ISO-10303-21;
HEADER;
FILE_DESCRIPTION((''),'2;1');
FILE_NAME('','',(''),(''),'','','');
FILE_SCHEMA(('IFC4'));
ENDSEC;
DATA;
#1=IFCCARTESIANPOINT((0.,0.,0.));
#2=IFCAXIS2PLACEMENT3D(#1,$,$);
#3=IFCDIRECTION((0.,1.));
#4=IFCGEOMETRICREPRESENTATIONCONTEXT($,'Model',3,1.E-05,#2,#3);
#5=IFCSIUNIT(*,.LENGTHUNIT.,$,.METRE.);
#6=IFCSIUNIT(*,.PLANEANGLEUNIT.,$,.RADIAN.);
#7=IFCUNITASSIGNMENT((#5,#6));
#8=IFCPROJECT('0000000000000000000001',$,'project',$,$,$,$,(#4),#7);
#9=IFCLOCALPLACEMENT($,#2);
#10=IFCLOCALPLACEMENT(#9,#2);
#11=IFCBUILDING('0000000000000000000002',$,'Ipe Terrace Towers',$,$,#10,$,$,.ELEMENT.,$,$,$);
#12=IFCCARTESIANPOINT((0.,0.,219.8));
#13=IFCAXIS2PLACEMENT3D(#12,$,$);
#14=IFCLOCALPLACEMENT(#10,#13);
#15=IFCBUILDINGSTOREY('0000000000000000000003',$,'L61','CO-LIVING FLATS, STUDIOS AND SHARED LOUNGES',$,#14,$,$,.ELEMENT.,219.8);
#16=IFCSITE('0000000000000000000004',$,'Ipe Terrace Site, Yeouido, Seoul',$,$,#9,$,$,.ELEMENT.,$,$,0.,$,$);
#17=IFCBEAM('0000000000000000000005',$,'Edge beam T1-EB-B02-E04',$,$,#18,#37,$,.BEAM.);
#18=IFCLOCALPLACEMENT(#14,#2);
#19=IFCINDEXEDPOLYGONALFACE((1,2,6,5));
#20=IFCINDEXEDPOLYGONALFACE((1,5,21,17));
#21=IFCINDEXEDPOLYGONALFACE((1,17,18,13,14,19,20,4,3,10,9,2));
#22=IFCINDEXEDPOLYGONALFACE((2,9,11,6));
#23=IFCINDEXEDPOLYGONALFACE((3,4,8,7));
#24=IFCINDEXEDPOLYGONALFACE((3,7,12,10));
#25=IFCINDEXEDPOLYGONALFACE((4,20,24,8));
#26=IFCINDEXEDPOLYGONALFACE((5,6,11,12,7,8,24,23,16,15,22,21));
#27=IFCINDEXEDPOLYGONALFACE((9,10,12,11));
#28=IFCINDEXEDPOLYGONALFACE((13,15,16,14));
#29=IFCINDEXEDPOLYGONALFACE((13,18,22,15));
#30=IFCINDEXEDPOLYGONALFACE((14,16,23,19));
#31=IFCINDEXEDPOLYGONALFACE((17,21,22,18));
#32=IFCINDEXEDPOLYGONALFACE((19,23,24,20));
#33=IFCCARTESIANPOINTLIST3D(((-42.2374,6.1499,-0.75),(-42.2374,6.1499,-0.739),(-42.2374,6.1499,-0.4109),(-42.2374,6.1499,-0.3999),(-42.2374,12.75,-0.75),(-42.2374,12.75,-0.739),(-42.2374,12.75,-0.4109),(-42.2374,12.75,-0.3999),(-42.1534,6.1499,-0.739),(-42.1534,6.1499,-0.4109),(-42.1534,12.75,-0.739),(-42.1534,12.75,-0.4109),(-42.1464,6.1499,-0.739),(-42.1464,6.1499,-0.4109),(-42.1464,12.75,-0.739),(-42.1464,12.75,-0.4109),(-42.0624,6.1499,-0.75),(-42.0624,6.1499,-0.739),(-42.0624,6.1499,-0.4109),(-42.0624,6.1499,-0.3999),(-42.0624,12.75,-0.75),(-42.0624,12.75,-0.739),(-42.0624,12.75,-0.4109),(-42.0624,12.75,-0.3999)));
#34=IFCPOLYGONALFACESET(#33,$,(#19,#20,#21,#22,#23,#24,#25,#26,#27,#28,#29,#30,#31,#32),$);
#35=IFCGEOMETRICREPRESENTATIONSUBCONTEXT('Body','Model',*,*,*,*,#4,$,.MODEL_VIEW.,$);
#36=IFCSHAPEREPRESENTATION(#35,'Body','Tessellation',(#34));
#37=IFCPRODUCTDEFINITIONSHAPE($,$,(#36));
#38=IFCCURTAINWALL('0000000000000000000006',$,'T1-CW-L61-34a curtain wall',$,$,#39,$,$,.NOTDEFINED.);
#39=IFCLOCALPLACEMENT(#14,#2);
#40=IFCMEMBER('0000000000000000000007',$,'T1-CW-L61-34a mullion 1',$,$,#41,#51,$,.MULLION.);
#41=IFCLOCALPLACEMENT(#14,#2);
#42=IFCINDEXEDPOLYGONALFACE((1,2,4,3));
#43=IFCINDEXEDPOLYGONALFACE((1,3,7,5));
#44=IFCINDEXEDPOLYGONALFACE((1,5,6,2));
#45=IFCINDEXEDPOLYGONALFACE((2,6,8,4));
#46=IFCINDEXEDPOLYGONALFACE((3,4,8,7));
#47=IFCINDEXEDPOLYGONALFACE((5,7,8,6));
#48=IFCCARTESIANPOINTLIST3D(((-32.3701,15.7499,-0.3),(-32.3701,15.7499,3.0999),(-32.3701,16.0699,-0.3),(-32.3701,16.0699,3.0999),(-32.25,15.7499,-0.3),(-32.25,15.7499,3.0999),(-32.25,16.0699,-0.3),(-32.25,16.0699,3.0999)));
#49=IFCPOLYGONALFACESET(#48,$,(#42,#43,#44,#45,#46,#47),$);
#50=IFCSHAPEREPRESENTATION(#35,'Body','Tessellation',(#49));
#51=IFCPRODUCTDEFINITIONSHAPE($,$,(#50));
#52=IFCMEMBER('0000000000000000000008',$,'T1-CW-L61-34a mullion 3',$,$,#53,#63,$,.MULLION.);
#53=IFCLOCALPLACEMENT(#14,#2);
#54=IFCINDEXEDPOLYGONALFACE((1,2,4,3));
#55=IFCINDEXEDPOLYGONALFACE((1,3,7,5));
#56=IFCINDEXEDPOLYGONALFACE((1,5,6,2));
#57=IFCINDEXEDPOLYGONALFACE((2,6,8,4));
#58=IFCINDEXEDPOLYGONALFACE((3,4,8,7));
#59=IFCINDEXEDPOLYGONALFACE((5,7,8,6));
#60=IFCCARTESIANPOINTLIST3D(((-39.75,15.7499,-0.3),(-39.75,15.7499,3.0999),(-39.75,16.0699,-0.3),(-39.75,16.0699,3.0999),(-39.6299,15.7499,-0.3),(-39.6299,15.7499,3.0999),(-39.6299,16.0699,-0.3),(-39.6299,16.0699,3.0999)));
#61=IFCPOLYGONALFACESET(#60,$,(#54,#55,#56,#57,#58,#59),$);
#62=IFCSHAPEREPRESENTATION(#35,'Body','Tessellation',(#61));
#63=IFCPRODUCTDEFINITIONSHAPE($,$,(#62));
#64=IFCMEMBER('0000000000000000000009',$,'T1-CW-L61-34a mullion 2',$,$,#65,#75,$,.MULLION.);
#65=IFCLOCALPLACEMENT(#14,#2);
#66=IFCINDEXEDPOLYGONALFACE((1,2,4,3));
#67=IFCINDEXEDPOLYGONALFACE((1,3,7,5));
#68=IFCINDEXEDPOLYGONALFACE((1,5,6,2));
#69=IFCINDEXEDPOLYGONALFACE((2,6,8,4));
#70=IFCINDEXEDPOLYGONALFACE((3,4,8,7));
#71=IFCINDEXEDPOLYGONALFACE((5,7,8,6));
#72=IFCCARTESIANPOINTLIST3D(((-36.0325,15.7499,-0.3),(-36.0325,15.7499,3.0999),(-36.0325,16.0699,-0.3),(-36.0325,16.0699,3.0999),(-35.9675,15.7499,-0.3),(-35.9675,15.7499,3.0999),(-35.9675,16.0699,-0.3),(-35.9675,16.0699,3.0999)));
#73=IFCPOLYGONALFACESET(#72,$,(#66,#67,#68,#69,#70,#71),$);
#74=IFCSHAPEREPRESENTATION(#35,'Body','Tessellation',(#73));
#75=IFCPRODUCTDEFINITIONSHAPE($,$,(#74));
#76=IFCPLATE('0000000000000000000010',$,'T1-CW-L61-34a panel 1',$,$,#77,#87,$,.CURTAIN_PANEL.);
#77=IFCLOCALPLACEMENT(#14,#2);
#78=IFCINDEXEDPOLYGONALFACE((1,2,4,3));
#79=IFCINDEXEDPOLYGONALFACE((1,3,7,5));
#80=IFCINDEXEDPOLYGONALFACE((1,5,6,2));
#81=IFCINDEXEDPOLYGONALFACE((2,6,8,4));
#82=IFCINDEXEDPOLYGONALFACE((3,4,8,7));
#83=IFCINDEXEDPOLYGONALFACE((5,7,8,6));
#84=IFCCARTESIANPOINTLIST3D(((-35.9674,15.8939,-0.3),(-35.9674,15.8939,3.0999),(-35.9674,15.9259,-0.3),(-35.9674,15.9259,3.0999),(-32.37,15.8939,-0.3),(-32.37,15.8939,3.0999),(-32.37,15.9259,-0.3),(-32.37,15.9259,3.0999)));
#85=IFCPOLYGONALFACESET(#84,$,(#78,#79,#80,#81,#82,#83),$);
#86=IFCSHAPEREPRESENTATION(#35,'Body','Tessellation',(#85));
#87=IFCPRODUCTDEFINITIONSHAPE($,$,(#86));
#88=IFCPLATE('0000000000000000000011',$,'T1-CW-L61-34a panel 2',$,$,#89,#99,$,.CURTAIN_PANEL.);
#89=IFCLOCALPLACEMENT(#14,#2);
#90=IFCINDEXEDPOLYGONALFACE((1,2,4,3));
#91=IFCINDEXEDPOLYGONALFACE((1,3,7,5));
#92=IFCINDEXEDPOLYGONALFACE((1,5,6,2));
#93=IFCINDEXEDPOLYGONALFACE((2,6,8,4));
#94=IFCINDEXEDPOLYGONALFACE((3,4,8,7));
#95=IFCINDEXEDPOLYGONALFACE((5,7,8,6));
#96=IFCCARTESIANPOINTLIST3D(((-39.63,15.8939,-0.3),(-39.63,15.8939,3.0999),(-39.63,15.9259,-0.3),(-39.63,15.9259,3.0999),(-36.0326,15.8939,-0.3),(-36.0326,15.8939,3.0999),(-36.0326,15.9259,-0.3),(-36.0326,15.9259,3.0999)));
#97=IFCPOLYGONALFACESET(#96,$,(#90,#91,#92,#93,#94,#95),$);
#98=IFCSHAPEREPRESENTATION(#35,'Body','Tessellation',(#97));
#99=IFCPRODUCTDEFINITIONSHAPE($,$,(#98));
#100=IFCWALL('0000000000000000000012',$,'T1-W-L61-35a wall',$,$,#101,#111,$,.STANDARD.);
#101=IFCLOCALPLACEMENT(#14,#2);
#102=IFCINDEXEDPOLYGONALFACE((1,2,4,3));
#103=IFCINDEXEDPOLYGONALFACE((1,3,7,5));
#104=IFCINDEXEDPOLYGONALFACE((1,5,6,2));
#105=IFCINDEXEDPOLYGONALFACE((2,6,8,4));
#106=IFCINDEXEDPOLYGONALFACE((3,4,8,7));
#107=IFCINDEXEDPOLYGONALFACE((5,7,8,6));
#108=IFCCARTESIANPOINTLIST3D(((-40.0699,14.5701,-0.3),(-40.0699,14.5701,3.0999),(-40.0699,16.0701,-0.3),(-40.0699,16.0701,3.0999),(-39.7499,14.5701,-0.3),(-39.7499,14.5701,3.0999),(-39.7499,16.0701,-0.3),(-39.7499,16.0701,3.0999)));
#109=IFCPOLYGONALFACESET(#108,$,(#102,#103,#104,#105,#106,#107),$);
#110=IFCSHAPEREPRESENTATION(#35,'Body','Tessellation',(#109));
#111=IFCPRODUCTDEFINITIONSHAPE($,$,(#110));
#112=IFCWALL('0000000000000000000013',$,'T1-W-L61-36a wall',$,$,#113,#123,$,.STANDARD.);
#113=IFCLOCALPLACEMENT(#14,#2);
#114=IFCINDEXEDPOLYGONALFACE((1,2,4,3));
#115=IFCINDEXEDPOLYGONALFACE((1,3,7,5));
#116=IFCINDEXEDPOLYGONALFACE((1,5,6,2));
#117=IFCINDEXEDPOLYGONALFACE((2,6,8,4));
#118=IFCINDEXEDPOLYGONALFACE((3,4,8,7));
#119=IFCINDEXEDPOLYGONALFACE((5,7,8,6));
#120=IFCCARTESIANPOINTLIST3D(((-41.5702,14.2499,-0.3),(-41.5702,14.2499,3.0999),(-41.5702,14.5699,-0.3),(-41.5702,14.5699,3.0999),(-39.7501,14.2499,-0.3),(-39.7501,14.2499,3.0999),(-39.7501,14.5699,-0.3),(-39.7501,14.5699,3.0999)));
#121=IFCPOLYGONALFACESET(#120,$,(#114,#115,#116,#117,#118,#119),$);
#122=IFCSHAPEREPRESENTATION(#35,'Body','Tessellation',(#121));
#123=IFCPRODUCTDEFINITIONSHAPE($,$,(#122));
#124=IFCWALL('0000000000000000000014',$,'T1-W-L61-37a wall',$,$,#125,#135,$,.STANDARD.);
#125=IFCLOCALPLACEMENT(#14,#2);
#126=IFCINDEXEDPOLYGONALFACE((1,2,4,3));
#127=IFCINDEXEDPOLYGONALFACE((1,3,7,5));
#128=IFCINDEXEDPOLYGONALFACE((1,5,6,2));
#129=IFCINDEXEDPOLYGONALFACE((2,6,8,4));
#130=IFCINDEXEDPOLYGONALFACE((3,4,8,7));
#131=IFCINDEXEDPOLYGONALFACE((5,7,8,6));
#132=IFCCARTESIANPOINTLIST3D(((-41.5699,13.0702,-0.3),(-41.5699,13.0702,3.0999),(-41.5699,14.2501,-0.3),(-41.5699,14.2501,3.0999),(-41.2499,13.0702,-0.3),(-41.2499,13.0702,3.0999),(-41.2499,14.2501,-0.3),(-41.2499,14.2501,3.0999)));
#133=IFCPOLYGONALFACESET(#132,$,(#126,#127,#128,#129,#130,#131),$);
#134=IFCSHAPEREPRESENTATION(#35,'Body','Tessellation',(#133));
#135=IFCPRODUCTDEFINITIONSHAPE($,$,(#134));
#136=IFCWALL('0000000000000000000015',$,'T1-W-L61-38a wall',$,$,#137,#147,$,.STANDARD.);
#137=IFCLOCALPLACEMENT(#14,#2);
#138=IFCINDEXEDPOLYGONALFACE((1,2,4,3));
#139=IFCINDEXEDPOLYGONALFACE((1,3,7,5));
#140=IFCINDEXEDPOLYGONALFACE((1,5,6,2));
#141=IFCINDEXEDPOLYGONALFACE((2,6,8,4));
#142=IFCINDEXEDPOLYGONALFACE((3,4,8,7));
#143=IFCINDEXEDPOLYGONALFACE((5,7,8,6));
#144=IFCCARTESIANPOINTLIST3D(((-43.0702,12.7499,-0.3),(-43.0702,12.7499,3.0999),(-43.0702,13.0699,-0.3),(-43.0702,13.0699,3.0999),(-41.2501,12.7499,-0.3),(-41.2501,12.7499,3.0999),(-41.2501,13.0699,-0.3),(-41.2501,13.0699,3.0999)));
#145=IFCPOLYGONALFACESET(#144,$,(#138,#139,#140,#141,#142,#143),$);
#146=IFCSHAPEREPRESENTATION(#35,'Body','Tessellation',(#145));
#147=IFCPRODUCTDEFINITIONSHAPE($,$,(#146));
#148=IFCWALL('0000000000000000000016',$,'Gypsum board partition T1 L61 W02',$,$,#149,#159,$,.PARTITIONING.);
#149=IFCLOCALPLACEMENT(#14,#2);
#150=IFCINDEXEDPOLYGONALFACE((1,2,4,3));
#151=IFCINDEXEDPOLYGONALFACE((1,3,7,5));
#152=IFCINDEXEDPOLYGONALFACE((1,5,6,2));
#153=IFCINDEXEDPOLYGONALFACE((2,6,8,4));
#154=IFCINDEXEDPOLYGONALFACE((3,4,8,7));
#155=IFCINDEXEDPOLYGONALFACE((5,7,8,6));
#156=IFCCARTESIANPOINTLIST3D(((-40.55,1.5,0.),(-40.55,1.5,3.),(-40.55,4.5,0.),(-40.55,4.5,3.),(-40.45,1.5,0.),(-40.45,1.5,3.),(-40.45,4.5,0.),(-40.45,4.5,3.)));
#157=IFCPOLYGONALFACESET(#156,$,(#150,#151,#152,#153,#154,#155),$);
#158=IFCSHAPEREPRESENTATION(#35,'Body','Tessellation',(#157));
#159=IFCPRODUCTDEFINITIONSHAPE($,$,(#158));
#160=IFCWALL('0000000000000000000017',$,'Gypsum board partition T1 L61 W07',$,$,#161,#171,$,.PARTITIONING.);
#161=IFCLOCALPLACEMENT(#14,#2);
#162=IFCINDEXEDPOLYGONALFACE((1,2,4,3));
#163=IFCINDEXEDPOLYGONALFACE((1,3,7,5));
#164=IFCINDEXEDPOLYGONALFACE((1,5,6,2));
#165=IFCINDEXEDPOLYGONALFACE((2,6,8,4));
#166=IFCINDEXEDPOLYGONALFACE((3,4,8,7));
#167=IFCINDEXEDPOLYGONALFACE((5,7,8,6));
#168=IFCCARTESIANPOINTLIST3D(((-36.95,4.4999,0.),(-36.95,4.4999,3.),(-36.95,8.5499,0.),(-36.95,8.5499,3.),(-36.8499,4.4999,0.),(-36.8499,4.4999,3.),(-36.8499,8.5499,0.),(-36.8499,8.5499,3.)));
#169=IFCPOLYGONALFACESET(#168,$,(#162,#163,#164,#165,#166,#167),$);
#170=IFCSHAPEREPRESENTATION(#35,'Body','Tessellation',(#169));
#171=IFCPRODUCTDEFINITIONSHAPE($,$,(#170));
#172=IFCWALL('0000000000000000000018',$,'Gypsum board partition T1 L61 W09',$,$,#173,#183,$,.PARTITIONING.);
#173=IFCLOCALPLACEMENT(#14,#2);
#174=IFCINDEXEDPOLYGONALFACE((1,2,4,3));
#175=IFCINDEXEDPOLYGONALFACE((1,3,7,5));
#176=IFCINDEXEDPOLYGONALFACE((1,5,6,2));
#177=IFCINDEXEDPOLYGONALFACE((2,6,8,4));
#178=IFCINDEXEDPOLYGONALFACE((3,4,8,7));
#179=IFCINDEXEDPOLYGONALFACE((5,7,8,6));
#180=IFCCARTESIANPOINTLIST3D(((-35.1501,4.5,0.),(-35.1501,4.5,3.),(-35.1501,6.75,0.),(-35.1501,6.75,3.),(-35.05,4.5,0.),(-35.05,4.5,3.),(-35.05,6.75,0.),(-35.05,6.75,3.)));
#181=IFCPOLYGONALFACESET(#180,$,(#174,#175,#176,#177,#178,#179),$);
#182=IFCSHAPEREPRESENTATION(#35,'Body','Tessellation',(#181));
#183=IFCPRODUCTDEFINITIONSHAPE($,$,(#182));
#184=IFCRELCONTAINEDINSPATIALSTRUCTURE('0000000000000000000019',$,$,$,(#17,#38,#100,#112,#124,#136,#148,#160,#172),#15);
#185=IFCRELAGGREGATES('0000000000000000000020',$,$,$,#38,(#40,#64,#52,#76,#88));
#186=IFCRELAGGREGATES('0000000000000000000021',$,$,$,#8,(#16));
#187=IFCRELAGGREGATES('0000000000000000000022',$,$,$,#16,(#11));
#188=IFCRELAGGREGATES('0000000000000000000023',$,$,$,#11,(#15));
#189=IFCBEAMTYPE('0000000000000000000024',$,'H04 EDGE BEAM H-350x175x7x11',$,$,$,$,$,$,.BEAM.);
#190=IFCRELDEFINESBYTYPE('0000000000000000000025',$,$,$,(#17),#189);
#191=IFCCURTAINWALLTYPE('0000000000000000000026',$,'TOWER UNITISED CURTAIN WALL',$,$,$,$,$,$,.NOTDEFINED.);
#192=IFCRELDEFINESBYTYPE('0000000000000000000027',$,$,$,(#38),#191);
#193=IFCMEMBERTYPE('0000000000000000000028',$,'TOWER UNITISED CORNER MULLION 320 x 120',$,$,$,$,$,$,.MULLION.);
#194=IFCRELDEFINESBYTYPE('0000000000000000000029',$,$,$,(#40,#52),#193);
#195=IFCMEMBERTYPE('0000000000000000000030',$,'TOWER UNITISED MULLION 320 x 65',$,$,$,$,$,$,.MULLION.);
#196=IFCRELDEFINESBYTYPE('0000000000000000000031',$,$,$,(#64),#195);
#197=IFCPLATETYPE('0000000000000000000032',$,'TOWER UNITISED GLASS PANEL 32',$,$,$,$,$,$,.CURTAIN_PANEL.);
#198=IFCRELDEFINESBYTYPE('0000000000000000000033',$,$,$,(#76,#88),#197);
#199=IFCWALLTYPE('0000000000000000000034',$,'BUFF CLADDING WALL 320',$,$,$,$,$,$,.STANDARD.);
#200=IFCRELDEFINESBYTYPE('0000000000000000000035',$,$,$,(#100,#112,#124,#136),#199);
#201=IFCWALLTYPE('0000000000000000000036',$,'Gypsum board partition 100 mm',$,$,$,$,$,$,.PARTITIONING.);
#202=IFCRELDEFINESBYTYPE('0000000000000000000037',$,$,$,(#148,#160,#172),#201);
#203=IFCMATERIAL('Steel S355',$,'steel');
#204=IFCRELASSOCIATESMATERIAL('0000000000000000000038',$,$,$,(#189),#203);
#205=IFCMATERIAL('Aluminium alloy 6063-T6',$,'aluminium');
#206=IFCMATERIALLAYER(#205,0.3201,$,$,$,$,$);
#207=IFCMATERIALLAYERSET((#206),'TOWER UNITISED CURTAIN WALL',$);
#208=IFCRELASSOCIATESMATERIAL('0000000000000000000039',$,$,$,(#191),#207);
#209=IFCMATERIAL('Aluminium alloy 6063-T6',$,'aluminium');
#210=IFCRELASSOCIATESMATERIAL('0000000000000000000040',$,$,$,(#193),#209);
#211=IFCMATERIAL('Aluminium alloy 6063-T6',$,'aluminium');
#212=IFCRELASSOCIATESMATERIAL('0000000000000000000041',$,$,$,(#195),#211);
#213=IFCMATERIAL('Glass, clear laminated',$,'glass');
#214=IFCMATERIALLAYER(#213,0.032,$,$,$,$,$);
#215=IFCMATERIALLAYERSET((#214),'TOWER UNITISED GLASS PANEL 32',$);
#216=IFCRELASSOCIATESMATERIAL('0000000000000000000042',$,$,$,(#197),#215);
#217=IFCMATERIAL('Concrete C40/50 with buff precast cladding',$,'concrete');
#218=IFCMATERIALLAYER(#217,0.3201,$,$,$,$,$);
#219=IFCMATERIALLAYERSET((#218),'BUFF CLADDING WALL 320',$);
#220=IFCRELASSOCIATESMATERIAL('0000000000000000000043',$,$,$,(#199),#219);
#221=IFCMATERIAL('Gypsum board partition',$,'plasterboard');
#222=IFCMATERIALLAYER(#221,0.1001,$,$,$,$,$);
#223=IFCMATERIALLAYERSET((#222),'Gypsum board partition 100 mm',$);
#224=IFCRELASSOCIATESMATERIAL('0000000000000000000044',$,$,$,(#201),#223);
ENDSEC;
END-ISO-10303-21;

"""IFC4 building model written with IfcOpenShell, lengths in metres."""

from ifc_helpers import new_model, si_unit, direction, frame, frame_2d, origin, origin_2d, place, context, subcontext, project, spatial, rectangle, i_section, extrude, material, layer, layer_set, material_profile, profile_set, type_object, element, aggregate, save


model = new_model("IFC4")

# Units and contexts
model_context = context("Model", 3, precision=1e-05, world=origin(), true_north=direction((0.0, 1.0)))
body_context = subcontext(model_context, "Body", "Model", "MODEL_VIEW")
ifc_project = project(units=[si_unit("LENGTHUNIT", "METRE"), si_unit("PLANEANGLEUNIT", "RADIAN")], contexts=[model_context])

# Site, building, storey
site_placement = place(None, origin())
site = spatial("IfcSite", under=ifc_project, at=site_placement, Name="Ipe Terrace Site, Yeouido, Seoul", CompositionType="ELEMENT", RefElevation=0.0)
building_placement = place(site_placement, origin())
building = spatial("IfcBuilding", under=site, at=building_placement, Name="Ipe Terrace Towers", CompositionType="ELEMENT")
storey_placement = place(building_placement, frame((0.0, 0.0, 219.8)))
storey = spatial("IfcBuildingStorey", under=building, at=storey_placement, Name="L61", Description="CO-LIVING FLATS, STUDIOS AND SHARED LOUNGES", CompositionType="ELEMENT", Elevation=219.8)

# Beam
ifc_material_1 = material(Name="Steel S355", Category="steel")
ifc_material_profile_1 = material_profile(ifc_material_1, i_section(OverallWidth=0.175, OverallDepth=0.3501, WebThickness=0.0071, FlangeThickness=0.011, at=origin_2d()), Name="H-350x175x7x11")
ifc_profile_set_1 = profile_set([ifc_material_profile_1], Name="Steel S355")
beam_type = type_object("IfcBeamType", Name="H04 EDGE BEAM H-350x175x7x11", PredefinedType="BEAM", material=ifc_profile_set_1)
beam_placement = place(storey_placement, frame((-42.1499, 12.75, -0.575), z_axis=(0.0, -1.0, 0.0), x_axis=(1.0, 0.0, 0.0)))
element("IfcBeam", 1, at=beam_placement, inside=storey, type_object=beam_type, Name="Edge beam T1-EB-B02-E04", PredefinedType="BEAM", context=body_context, shape_type="SweptSolid", body=[
    extrude(i_section(OverallWidth=0.175, OverallDepth=0.3501, WebThickness=0.0071, FlangeThickness=0.011, at=origin_2d()), origin(), (0.0, 0.0, 1.0), 6.6001),
])

# Curtain wall, members, plates
ifc_material_2 = material(Name="Aluminium alloy 6063-T6", Category="aluminium")
ifc_layer_1 = layer(ifc_material_2, 0.3201)
ifc_layer_set_1 = layer_set([ifc_layer_1], Name="TOWER UNITISED CURTAIN WALL")
curtain_wall_type = type_object("IfcCurtainWallType", Name="TOWER UNITISED CURTAIN WALL", PredefinedType="NOTDEFINED", material=ifc_layer_set_1)
curtain_wall_placement = place(storey_placement, origin())
curtain_wall = element("IfcCurtainWall", 2, at=curtain_wall_placement, inside=storey, type_object=curtain_wall_type, Name="T1-CW-L61-34a curtain wall", PredefinedType="NOTDEFINED")
ifc_material_3 = material(Name="Aluminium alloy 6063-T6", Category="aluminium")
ifc_material_profile_2 = material_profile(ifc_material_3, rectangle(XDim=0.3201, YDim=0.1201, at=origin_2d()), Name="TOWER UNITISED CORNER MULLION 320 x 120")
ifc_profile_set_2 = profile_set([ifc_material_profile_2], Name="Aluminium alloy 6063-T6")
member_type_1 = type_object("IfcMemberType", Name="TOWER UNITISED CORNER MULLION 320 x 120", PredefinedType="MULLION", material=ifc_profile_set_2)
member_1_placement = place(storey_placement, frame((-32.3101, 15.9099, -0.3), z_axis=(0.0, 0.0, 1.0), x_axis=(0.0, 1.0, 0.0)))
member_1 = element("IfcMember", 3, at=member_1_placement, type_object=member_type_1, Name="T1-CW-L61-34a mullion 1", PredefinedType="MULLION", context=body_context, shape_type="SweptSolid", body=[
    extrude(rectangle(XDim=0.3201, YDim=0.1201, at=origin_2d()), origin(), (0.0, 0.0, 1.0), 3.3999),
])
member_2_placement = place(storey_placement, frame((-39.6899, 15.9099, -0.3), z_axis=(0.0, 0.0, 1.0), x_axis=(0.0, 1.0, 0.0)))
member_2 = element("IfcMember", 4, at=member_2_placement, type_object=member_type_1, Name="T1-CW-L61-34a mullion 3", PredefinedType="MULLION", context=body_context, shape_type="SweptSolid", body=[
    extrude(rectangle(XDim=0.3201, YDim=0.1201, at=origin_2d()), origin(), (0.0, 0.0, 1.0), 3.3999),
])
ifc_material_4 = material(Name="Aluminium alloy 6063-T6", Category="aluminium")
ifc_material_profile_3 = material_profile(ifc_material_4, rectangle(XDim=0.3201, YDim=0.0649, at=origin_2d()), Name="TOWER UNITISED MULLION 320 x 65")
ifc_profile_set_3 = profile_set([ifc_material_profile_3], Name="Aluminium alloy 6063-T6")
member_type_2 = type_object("IfcMemberType", Name="TOWER UNITISED MULLION 320 x 65", PredefinedType="MULLION", material=ifc_profile_set_3)
member_3_placement = place(storey_placement, frame((-36.0, 15.9099, -0.3), z_axis=(0.0, 0.0, 1.0), x_axis=(0.0, 1.0, 0.0)))
member_3 = element("IfcMember", 5, at=member_3_placement, type_object=member_type_2, Name="T1-CW-L61-34a mullion 2", PredefinedType="MULLION", context=body_context, shape_type="SweptSolid", body=[
    extrude(rectangle(XDim=0.3201, YDim=0.0649, at=origin_2d()), origin(), (0.0, 0.0, 1.0), 3.3999),
])
ifc_material_5 = material(Name="Glass, clear laminated", Category="glass")
ifc_layer_2 = layer(ifc_material_5, 0.032)
ifc_layer_set_2 = layer_set([ifc_layer_2], Name="TOWER UNITISED GLASS PANEL 32")
plate_type = type_object("IfcPlateType", Name="TOWER UNITISED GLASS PANEL 32", PredefinedType="CURTAIN_PANEL", material=ifc_layer_set_2)
plate_1_placement = place(storey_placement, frame((-34.1687, 15.9099, -0.3), z_axis=(0.0, 0.0, 1.0), x_axis=(-1.0, 0.0, 0.0)))
plate_1 = element("IfcPlate", 6, at=plate_1_placement, type_object=plate_type, Name="T1-CW-L61-34a panel 1", PredefinedType="CURTAIN_PANEL", context=body_context, shape_type="SweptSolid", body=[
    extrude(rectangle(XDim=3.5974, YDim=0.032, at=origin_2d()), origin(), (0.0, 0.0, 1.0), 3.3999),
])
plate_2_placement = place(storey_placement, frame((-37.8313, 15.9099, -0.3), z_axis=(0.0, 0.0, 1.0), x_axis=(-1.0, 0.0, 0.0)))
plate_2 = element("IfcPlate", 7, at=plate_2_placement, type_object=plate_type, Name="T1-CW-L61-34a panel 2", PredefinedType="CURTAIN_PANEL", context=body_context, shape_type="SweptSolid", body=[
    extrude(rectangle(XDim=3.5974, YDim=0.032, at=origin_2d()), origin(), (0.0, 0.0, 1.0), 3.3999),
])
aggregate(curtain_wall, [member_1, member_3, member_2, plate_1, plate_2])

# Walls
ifc_material_6 = material(Name="Concrete C40/50 with buff precast cladding", Category="concrete")
ifc_layer_3 = layer(ifc_material_6, 0.3201)
ifc_layer_set_3 = layer_set([ifc_layer_3], Name="BUFF CLADDING WALL 320")
wall_type_1 = type_object("IfcWallType", Name="BUFF CLADDING WALL 320", PredefinedType="STANDARD", material=ifc_layer_set_3)
wall_1_placement = place(storey_placement, frame((-39.9099, 16.0701, -0.3), z_axis=(0.0, 0.0, 1.0), x_axis=(0.0, -1.0, 0.0)))
element("IfcWall", 8, at=wall_1_placement, inside=storey, type_object=wall_type_1, Name="T1-W-L61-35a wall", PredefinedType="STANDARD", context=body_context, shape_type="SweptSolid", body=[
    extrude(rectangle(XDim=1.5, YDim=0.3201, at=frame_2d((0.75, 0.0))), origin(), (0.0, 0.0, 1.0), 3.3999),
])
wall_2_placement = place(storey_placement, frame((-39.75, 14.4099, -0.3), z_axis=(0.0, 0.0, 1.0), x_axis=(-1.0, 0.0, 0.0)))
element("IfcWall", 9, at=wall_2_placement, inside=storey, type_object=wall_type_1, Name="T1-W-L61-36a wall", PredefinedType="STANDARD", context=body_context, shape_type="SweptSolid", body=[
    extrude(rectangle(XDim=1.8201, YDim=0.3201, at=frame_2d((0.9102, 0.0))), origin(), (0.0, 0.0, 1.0), 3.3999),
])
wall_3_placement = place(storey_placement, frame((-41.4099, 14.25, -0.3), z_axis=(0.0, 0.0, 1.0), x_axis=(0.0, -1.0, 0.0)))
element("IfcWall", 10, at=wall_3_placement, inside=storey, type_object=wall_type_1, Name="T1-W-L61-37a wall", PredefinedType="STANDARD", context=body_context, shape_type="SweptSolid", body=[
    extrude(rectangle(XDim=1.1799, YDim=0.3201, at=frame_2d((0.5898, 0.0))), origin(), (0.0, 0.0, 1.0), 3.3999),
])
wall_4_placement = place(storey_placement, frame((-41.25, 12.9099, -0.3), z_axis=(0.0, 0.0, 1.0), x_axis=(-1.0, 0.0, 0.0)))
element("IfcWall", 11, at=wall_4_placement, inside=storey, type_object=wall_type_1, Name="T1-W-L61-38a wall", PredefinedType="STANDARD", context=body_context, shape_type="SweptSolid", body=[
    extrude(rectangle(XDim=1.8201, YDim=0.3201, at=frame_2d((0.9102, 0.0))), origin(), (0.0, 0.0, 1.0), 3.3999),
])
ifc_material_7 = material(Name="Gypsum board partition", Category="plasterboard")
ifc_layer_4 = layer(ifc_material_7, 0.1001)
ifc_layer_set_4 = layer_set([ifc_layer_4], Name="Gypsum board partition 100 mm")
wall_type_2 = type_object("IfcWallType", Name="Gypsum board partition 100 mm", PredefinedType="PARTITIONING", material=ifc_layer_set_4)
wall_5_placement = place(storey_placement, frame((-40.5, 1.5, 0.0), z_axis=(0.0, 0.0, 1.0), x_axis=(0.0, 1.0, 0.0)))
element("IfcWall", 12, at=wall_5_placement, inside=storey, type_object=wall_type_2, Name="Gypsum board partition T1 L61 W02", PredefinedType="PARTITIONING", context=body_context, shape_type="SweptSolid", body=[
    extrude(rectangle(XDim=3.0, YDim=0.1001, at=frame_2d((1.5, 0.0))), origin(), (0.0, 0.0, 1.0), 3.0),
])
wall_6_placement = place(storey_placement, frame((-36.8999, 4.5, 0.0), z_axis=(0.0, 0.0, 1.0), x_axis=(0.0, 1.0, 0.0)))
element("IfcWall", 13, at=wall_6_placement, inside=storey, type_object=wall_type_2, Name="Gypsum board partition T1 L61 W07", PredefinedType="PARTITIONING", context=body_context, shape_type="SweptSolid", body=[
    extrude(rectangle(XDim=4.05, YDim=0.1001, at=frame_2d((2.0249, 0.0))), origin(), (0.0, 0.0, 1.0), 3.0),
])
wall_7_placement = place(storey_placement, frame((-35.1001, 4.5, 0.0), z_axis=(0.0, 0.0, 1.0), x_axis=(0.0, 1.0, 0.0)))
element("IfcWall", 14, at=wall_7_placement, inside=storey, type_object=wall_type_2, Name="Gypsum board partition T1 L61 W09", PredefinedType="PARTITIONING", context=body_context, shape_type="SweptSolid", body=[
    extrude(rectangle(XDim=2.25, YDim=0.1001, at=frame_2d((1.125, 0.0))), origin(), (0.0, 0.0, 1.0), 3.0),
])

save(model, "model.ifc")
